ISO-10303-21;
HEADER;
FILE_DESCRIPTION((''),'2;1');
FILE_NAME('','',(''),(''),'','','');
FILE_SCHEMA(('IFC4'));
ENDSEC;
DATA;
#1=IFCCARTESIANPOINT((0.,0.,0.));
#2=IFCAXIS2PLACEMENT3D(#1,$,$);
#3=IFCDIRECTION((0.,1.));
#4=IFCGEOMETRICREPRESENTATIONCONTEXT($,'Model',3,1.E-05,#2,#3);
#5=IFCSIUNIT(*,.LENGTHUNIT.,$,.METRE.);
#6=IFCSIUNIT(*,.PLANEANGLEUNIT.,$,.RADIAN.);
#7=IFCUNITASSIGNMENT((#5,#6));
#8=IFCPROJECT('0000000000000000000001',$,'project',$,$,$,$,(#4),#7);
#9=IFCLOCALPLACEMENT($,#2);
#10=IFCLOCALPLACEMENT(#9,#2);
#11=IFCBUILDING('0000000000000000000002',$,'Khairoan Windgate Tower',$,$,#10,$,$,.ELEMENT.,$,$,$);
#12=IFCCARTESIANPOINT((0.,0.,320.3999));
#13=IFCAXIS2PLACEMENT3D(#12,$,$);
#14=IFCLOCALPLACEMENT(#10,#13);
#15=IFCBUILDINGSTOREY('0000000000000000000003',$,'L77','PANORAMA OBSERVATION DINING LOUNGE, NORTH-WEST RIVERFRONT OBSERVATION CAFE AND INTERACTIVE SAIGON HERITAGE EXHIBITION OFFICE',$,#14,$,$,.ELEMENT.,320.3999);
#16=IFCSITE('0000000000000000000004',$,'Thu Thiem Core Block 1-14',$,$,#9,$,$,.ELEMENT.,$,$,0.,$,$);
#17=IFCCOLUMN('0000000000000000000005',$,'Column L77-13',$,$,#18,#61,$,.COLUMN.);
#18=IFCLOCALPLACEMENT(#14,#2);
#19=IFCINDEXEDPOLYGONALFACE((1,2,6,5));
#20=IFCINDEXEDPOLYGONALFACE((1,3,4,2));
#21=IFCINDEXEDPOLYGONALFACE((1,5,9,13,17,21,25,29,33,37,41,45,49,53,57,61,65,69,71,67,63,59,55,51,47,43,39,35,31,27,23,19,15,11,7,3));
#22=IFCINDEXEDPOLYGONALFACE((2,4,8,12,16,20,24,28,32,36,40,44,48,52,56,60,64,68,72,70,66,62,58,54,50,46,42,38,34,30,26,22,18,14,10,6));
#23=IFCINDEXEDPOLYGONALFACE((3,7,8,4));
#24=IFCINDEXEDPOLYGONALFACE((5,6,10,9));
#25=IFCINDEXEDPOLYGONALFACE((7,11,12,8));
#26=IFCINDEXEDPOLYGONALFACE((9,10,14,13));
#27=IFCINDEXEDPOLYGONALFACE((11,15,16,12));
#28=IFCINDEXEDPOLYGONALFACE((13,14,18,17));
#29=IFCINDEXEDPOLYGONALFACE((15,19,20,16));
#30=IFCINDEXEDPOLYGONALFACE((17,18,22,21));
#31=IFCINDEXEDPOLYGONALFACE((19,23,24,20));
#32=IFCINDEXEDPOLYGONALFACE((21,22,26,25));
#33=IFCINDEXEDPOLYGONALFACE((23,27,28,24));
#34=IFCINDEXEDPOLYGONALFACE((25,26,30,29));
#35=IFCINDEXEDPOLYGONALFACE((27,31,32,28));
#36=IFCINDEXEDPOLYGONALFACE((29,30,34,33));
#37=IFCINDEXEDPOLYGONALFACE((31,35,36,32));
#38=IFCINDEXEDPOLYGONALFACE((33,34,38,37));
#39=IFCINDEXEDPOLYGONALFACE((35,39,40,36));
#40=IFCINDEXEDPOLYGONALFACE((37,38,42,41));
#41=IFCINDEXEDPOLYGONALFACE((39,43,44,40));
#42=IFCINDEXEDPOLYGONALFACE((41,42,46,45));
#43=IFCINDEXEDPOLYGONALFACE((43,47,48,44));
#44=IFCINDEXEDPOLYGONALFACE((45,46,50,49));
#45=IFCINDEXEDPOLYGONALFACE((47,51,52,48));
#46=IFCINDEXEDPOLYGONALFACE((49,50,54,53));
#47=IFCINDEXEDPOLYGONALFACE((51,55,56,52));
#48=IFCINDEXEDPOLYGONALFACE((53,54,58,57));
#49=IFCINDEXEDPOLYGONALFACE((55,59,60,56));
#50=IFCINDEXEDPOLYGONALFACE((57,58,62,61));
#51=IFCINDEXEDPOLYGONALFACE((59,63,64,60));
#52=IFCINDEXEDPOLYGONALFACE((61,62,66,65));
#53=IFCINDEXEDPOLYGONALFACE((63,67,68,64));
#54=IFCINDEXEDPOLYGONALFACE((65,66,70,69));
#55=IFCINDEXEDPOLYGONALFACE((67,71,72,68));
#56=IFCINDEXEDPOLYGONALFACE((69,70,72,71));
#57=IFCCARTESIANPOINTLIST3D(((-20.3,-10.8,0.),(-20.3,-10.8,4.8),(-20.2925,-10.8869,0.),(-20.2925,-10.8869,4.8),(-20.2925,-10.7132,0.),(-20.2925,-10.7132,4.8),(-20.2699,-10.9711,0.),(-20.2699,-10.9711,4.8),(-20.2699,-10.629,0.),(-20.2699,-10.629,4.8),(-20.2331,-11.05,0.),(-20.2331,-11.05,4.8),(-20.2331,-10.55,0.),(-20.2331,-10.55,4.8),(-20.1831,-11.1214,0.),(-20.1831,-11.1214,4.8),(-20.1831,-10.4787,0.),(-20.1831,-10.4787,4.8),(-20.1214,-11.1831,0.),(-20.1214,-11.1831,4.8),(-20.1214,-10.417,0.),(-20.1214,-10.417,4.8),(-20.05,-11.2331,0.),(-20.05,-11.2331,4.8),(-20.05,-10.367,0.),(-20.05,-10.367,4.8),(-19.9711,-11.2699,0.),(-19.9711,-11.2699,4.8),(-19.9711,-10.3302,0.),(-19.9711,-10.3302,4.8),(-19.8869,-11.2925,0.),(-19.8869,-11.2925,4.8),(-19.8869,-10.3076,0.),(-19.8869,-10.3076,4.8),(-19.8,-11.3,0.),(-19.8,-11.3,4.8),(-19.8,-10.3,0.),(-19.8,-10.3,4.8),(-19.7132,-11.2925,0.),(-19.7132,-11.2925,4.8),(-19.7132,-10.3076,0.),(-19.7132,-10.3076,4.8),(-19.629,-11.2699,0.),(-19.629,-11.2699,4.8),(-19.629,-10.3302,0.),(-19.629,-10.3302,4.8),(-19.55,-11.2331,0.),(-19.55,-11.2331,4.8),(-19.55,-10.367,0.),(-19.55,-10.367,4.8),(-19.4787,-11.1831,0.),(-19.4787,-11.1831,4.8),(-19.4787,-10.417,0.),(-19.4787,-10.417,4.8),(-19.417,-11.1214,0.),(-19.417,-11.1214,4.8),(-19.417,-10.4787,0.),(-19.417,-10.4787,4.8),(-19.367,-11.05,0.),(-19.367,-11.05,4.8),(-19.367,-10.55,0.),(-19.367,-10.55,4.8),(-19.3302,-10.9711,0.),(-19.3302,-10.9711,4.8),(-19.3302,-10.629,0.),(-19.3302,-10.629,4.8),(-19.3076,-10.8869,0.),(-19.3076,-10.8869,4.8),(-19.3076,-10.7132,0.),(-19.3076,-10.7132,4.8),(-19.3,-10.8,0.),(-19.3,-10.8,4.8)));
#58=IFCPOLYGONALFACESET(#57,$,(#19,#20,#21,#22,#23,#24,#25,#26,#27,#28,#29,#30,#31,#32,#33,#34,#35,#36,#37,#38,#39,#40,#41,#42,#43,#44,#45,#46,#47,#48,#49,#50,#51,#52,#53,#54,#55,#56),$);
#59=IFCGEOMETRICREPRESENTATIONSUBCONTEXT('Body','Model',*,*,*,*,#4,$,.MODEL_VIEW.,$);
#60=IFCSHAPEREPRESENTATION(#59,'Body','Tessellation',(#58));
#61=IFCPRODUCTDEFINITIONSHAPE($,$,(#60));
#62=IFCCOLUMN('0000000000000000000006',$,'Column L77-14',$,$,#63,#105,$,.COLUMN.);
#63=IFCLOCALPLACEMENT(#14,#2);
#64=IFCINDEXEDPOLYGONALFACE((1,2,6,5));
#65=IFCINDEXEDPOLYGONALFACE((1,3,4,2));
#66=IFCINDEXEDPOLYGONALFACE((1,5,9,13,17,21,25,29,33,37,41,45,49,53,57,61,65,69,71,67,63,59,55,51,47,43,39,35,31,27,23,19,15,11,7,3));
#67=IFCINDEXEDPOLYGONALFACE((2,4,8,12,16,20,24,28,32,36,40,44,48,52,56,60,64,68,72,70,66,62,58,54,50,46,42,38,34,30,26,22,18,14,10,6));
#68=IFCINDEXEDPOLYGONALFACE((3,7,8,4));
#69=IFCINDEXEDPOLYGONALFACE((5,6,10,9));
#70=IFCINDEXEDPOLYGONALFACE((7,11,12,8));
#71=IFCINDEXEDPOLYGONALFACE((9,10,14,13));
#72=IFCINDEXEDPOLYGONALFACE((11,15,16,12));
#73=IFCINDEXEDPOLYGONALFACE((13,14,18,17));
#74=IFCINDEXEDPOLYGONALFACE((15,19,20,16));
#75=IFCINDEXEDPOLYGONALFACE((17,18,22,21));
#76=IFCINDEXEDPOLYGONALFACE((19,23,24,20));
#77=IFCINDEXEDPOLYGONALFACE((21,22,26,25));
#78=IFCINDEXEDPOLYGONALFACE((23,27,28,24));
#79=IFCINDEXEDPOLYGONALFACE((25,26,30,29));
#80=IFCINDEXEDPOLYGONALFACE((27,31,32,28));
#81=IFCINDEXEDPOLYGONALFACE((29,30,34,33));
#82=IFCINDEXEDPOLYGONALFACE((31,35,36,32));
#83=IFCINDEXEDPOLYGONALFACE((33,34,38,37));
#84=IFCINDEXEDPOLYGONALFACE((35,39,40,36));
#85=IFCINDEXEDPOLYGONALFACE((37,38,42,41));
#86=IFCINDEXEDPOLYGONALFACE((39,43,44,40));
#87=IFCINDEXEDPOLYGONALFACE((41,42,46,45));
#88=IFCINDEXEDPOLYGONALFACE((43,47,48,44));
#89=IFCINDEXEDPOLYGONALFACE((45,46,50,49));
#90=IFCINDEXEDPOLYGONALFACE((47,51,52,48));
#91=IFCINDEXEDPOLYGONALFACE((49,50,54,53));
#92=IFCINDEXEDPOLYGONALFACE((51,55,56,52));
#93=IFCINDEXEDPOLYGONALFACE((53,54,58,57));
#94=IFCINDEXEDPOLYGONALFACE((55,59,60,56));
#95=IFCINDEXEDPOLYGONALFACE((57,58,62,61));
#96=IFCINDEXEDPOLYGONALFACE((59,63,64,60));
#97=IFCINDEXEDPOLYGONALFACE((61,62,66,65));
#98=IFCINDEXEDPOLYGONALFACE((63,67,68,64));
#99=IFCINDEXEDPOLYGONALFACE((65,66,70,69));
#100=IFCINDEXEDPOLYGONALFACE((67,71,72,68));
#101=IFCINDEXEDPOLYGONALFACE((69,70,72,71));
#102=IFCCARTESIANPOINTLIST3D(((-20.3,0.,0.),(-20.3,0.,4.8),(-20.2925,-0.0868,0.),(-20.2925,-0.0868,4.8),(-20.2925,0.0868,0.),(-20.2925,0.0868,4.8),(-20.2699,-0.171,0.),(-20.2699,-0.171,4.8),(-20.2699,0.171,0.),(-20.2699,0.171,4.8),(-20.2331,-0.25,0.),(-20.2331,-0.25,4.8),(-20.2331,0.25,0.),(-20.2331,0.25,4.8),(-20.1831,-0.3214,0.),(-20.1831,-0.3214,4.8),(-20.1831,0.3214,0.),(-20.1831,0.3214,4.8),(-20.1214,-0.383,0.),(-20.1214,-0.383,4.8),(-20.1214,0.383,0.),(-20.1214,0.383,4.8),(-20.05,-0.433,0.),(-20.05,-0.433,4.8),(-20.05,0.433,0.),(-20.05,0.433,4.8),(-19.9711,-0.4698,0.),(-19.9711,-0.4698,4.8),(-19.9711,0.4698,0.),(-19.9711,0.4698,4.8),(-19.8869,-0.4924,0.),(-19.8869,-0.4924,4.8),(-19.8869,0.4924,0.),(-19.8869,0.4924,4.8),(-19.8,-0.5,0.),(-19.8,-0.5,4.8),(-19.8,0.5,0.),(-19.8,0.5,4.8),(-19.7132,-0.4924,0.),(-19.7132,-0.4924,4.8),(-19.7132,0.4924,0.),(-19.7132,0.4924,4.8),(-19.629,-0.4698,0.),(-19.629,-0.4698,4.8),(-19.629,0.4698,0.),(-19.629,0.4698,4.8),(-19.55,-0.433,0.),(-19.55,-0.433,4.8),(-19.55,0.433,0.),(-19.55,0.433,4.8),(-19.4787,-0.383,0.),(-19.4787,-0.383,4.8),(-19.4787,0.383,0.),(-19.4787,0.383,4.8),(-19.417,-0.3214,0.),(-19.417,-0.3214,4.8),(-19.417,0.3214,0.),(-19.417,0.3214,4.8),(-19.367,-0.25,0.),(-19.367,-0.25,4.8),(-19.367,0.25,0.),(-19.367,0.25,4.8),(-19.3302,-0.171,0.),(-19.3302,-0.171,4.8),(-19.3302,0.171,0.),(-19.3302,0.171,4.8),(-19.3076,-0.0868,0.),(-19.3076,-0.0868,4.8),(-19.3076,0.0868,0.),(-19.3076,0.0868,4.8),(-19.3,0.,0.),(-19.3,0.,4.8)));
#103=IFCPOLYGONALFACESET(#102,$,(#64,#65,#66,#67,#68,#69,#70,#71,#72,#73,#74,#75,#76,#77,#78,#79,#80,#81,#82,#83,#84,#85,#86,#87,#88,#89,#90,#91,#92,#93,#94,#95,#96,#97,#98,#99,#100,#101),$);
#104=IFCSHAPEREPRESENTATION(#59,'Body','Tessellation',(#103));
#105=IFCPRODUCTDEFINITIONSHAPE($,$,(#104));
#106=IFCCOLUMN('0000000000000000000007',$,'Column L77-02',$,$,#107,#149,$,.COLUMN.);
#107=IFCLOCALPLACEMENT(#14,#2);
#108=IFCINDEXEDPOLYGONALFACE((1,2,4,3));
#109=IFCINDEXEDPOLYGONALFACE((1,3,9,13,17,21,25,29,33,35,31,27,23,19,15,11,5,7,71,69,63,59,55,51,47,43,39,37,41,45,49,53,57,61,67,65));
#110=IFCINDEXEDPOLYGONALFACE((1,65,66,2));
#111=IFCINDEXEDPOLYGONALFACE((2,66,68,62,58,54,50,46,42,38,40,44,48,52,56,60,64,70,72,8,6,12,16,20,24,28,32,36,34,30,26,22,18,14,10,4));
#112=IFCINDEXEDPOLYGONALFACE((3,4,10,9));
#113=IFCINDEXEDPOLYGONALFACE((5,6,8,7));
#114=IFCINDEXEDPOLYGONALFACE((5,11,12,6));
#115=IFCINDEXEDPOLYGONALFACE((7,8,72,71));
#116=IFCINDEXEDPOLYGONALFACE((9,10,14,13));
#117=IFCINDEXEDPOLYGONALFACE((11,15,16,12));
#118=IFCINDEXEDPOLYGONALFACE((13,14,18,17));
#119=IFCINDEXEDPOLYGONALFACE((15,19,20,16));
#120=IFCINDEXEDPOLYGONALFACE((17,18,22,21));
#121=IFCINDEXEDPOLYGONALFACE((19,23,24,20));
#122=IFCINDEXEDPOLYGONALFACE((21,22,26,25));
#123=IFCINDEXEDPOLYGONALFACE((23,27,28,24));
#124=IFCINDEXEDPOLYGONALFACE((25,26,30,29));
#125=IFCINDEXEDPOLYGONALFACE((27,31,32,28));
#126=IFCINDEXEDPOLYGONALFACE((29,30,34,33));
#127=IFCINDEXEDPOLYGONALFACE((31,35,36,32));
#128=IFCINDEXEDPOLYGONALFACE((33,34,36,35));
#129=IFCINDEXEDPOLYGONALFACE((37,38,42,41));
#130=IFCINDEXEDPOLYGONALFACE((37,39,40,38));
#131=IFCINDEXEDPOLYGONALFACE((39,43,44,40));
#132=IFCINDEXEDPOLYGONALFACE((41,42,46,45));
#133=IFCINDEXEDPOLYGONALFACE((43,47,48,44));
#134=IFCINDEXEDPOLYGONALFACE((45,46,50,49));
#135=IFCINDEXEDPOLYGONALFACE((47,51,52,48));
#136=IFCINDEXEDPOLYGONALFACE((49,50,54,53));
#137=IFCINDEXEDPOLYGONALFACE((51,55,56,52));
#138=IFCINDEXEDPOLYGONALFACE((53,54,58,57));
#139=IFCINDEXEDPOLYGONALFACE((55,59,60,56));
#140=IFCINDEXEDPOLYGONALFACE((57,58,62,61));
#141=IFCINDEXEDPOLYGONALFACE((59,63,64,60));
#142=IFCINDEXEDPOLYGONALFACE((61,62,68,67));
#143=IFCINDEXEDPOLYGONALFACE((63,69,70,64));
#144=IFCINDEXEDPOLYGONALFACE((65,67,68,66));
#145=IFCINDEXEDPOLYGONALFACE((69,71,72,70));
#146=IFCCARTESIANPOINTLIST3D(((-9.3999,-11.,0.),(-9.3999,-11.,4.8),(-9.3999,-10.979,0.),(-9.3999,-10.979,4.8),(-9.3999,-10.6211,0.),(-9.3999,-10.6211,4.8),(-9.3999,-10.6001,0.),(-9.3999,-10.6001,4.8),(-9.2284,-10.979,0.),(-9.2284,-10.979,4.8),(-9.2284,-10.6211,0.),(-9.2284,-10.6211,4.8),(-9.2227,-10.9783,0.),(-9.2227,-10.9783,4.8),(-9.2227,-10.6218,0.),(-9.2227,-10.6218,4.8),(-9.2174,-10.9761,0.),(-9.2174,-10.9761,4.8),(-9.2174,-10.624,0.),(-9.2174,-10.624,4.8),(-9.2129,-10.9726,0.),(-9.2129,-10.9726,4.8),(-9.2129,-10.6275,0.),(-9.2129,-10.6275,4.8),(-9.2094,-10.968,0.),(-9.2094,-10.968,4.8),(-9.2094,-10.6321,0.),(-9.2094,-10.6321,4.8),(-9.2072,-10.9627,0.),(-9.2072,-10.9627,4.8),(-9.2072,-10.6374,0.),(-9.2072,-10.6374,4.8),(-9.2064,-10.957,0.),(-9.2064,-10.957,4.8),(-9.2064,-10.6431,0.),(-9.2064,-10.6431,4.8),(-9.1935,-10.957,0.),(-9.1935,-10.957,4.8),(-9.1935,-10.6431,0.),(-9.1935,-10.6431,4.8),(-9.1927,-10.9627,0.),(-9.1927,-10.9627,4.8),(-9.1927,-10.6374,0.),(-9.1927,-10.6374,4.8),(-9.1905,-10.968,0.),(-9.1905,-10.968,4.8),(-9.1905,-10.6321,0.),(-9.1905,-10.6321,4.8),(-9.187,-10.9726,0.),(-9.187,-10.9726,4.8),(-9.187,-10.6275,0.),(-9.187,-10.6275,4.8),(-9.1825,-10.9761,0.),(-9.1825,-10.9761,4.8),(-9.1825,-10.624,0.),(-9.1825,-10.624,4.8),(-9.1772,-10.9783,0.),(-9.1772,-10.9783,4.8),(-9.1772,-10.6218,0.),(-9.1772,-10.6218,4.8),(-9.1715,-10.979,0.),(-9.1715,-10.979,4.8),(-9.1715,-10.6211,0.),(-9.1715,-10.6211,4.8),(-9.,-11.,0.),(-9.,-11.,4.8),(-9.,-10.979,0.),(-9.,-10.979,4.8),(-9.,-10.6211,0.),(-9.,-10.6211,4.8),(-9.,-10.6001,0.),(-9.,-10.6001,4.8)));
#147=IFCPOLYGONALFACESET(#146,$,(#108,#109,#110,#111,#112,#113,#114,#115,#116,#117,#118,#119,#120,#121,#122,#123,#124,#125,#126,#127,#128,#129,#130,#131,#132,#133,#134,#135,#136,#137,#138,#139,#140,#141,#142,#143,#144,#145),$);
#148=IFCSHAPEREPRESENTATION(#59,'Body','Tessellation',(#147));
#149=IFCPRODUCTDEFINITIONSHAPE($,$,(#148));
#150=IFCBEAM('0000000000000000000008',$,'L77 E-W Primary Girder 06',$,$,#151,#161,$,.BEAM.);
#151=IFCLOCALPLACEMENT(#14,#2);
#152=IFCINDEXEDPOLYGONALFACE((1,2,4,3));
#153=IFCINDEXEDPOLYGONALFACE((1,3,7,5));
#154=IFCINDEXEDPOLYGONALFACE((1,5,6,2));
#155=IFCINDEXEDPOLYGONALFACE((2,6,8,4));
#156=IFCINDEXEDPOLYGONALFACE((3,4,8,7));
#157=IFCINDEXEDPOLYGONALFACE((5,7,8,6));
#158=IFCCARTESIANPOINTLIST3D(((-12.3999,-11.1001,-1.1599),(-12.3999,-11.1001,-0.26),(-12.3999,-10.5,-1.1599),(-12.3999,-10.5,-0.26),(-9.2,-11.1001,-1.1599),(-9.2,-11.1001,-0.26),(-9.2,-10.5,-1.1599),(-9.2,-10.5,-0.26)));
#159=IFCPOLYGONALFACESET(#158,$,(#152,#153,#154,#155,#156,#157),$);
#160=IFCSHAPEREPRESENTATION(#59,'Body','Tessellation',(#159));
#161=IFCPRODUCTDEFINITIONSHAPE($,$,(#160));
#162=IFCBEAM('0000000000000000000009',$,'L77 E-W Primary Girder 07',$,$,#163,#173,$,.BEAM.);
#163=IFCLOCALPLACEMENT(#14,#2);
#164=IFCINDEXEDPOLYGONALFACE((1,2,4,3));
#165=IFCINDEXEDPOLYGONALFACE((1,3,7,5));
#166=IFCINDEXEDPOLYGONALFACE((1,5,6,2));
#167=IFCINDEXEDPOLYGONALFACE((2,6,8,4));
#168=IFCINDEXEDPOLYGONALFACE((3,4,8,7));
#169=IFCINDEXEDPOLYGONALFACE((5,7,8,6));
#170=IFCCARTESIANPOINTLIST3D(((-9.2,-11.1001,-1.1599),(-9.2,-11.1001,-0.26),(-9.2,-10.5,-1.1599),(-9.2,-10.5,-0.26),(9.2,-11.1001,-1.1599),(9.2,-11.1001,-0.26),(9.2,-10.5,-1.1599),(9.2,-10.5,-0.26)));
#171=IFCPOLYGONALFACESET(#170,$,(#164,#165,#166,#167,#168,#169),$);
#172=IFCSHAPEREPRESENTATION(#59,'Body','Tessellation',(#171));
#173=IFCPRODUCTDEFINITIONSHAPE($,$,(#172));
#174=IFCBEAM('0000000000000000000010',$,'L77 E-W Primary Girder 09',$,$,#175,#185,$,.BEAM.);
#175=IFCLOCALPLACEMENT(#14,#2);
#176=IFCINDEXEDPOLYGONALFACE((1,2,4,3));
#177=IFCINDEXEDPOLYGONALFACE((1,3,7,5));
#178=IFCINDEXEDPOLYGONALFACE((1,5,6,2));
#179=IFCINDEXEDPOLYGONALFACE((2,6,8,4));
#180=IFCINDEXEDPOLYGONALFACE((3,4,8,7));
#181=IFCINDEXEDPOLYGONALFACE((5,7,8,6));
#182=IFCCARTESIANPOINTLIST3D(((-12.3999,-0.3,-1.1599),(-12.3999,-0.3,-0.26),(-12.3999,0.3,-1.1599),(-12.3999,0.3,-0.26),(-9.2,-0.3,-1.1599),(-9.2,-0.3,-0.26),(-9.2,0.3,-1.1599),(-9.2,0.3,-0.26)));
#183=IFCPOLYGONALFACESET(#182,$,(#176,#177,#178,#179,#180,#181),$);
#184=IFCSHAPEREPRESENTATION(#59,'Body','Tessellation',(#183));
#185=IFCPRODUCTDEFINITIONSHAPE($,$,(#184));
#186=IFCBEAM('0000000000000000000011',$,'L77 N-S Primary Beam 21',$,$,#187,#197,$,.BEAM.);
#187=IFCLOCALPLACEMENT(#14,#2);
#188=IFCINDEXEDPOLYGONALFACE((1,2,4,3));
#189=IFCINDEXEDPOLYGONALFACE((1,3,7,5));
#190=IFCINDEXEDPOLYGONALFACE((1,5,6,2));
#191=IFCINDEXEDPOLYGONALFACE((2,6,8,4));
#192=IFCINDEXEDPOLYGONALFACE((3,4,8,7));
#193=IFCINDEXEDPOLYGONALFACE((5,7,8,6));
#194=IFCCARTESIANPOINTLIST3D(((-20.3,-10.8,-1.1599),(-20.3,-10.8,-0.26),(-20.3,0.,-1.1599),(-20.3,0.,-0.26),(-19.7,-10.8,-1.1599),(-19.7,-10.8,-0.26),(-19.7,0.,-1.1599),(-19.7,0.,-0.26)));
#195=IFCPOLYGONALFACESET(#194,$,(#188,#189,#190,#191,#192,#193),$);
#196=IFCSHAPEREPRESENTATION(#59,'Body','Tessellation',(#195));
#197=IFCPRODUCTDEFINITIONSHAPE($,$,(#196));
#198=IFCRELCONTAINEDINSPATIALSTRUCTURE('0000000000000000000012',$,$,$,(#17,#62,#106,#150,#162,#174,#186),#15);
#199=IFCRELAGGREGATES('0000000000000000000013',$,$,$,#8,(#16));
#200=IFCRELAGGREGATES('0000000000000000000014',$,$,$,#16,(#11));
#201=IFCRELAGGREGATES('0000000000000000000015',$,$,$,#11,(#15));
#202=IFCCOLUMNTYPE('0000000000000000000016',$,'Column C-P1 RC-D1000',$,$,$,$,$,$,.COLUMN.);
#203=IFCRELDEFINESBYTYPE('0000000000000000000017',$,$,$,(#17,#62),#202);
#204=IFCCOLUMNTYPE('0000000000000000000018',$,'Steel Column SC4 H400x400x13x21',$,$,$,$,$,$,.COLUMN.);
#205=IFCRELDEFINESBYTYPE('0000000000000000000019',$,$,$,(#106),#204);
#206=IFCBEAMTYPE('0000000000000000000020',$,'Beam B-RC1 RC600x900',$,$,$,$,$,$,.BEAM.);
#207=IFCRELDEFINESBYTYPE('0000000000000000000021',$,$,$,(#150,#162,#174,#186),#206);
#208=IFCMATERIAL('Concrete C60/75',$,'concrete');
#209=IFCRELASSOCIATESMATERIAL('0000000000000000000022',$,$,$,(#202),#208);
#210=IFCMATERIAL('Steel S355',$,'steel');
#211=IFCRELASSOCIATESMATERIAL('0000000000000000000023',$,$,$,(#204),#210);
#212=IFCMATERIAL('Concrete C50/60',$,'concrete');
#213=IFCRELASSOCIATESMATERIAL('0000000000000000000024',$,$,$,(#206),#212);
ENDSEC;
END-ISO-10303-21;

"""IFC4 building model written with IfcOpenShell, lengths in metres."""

from ifc_helpers import new_model, si_unit, direction, frame, origin, origin_2d, place, context, subcontext, project, spatial, rectangle, circle, i_section, extrude, material, material_profile, profile_set, type_object, element, save


model = new_model("IFC4")

# Units and contexts
model_context = context("Model", 3, precision=1e-05, world=origin(), true_north=direction((0.0, 1.0)))
body_context = subcontext(model_context, "Body", "Model", "MODEL_VIEW")
ifc_project = project(units=[si_unit("LENGTHUNIT", "METRE"), si_unit("PLANEANGLEUNIT", "RADIAN")], contexts=[model_context])

# Site, building, storey
site_placement = place(None, origin())
site = spatial("IfcSite", under=ifc_project, at=site_placement, Name="Thu Thiem Core Block 1-14", CompositionType="ELEMENT", RefElevation=0.0)
building_placement = place(site_placement, origin())
building = spatial("IfcBuilding", under=site, at=building_placement, Name="Khairoan Windgate Tower", CompositionType="ELEMENT")
storey_placement = place(building_placement, frame((0.0, 0.0, 320.3999)))
storey = spatial("IfcBuildingStorey", under=building, at=storey_placement, Name="L77", Description="PANORAMA OBSERVATION DINING LOUNGE, NORTH-WEST RIVERFRONT OBSERVATION CAFE AND INTERACTIVE SAIGON HERITAGE EXHIBITION OFFICE", CompositionType="ELEMENT", Elevation=320.3999)

# Columns
ifc_material_1 = material(Name="Concrete C60/75", Category="concrete")
ifc_material_profile_1 = material_profile(ifc_material_1, circle(Radius=0.5, at=origin_2d()))
ifc_profile_set_1 = profile_set([ifc_material_profile_1], Name="Concrete C60/75")
column_type_1 = type_object("IfcColumnType", Name="Column C-P1 RC-D1000", PredefinedType="COLUMN", material=ifc_profile_set_1)
for number, where, z_axis, x_axis, name in (
    (1, (-19.8, -10.8, 0.0), (0.0, 0.0, 1.0), (1.0, 0.0, 0.0), "Column L77-13"),
    (2, (-19.8, 0.0, 0.0), (0.0, 0.0, 1.0), (1.0, 0.0, 0.0), "Column L77-14"),
):
    element("IfcColumn", number, at=place(storey_placement, frame(where, z_axis=z_axis, x_axis=x_axis)), inside=storey, type_object=column_type_1, Name=name, PredefinedType="COLUMN", context=body_context, shape_type="SweptSolid", body=[
        extrude(circle(Radius=0.5, at=origin_2d()), origin(), (0.0, 0.0, 1.0), 4.8),
    ])
ifc_material_2 = material(Name="Steel S355", Category="steel")
ifc_material_profile_2 = material_profile(ifc_material_2, i_section(OverallWidth=0.3999, OverallDepth=0.3999, WebThickness=0.0129, FlangeThickness=0.021, FilletRadius=0.022, at=origin_2d()))
ifc_profile_set_2 = profile_set([ifc_material_profile_2], Name="Steel S355")
column_type_2 = type_object("IfcColumnType", Name="Steel Column SC4 H400x400x13x21", PredefinedType="COLUMN", material=ifc_profile_set_2)
column_placement = place(storey_placement, frame((-9.2, -10.8, 0.0), z_axis=(0.0, 0.0, 1.0), x_axis=(1.0, 0.0, 0.0)))
element("IfcColumn", 3, at=column_placement, inside=storey, type_object=column_type_2, Name="Column L77-02", PredefinedType="COLUMN", context=body_context, shape_type="SweptSolid", body=[
    extrude(i_section(OverallWidth=0.3999, OverallDepth=0.3999, WebThickness=0.0129, FlangeThickness=0.021, FilletRadius=0.022, at=origin_2d()), origin(), (0.0, 0.0, 1.0), 4.8),
])

# Beams
ifc_material_3 = material(Name="Concrete C50/60", Category="concrete")
ifc_material_profile_3 = material_profile(ifc_material_3, rectangle(XDim=0.6001, YDim=0.8999, at=origin_2d()))
ifc_profile_set_3 = profile_set([ifc_material_profile_3], Name="Concrete C50/60")
beam_type_1 = type_object("IfcBeamType", Name="Beam B-RC1 RC600x900", PredefinedType="BEAM", material=ifc_profile_set_3)
beam_1_placement = place(storey_placement, frame((-12.3999, -10.8, -0.71), z_axis=(1.0, 0.0, 0.0), x_axis=(0.0, 1.0, 0.0)))
element("IfcBeam", 4, at=beam_1_placement, inside=storey, type_object=beam_type_1, Name="L77 E-W Primary Girder 06", PredefinedType="BEAM", context=body_context, shape_type="SweptSolid", body=[
    extrude(rectangle(XDim=0.6001, YDim=0.8999, at=origin_2d()), origin(), (0.0, 0.0, 1.0), 3.2),
])
beam_2_placement = place(storey_placement, frame((-9.2, -10.8, -0.71), z_axis=(1.0, 0.0, 0.0), x_axis=(0.0, 1.0, 0.0)))
element("IfcBeam", 5, at=beam_2_placement, inside=storey, type_object=beam_type_1, Name="L77 E-W Primary Girder 07", PredefinedType="BEAM", context=body_context, shape_type="SweptSolid", body=[
    extrude(rectangle(XDim=0.6001, YDim=0.8999, at=origin_2d()), origin(), (0.0, 0.0, 1.0), 18.3999),
])
beam_3_placement = place(storey_placement, frame((-12.3999, 0.0, -0.71), z_axis=(1.0, 0.0, 0.0), x_axis=(0.0, 1.0, 0.0)))
element("IfcBeam", 6, at=beam_3_placement, inside=storey, type_object=beam_type_1, Name="L77 E-W Primary Girder 09", PredefinedType="BEAM", context=body_context, shape_type="SweptSolid", body=[
    extrude(rectangle(XDim=0.6001, YDim=0.8999, at=origin_2d()), origin(), (0.0, 0.0, 1.0), 3.2),
])
for number, where, z_axis, x_axis, name in (
    (7, (-20.0, -10.8, -0.71), (0.0, 1.0, 0.0), (-1.0, 0.0, 0.0), "L77 N-S Primary Beam 21"),
):
    element("IfcBeam", number, at=place(storey_placement, frame(where, z_axis=z_axis, x_axis=x_axis)), inside=storey, type_object=beam_type_1, Name=name, PredefinedType="BEAM", context=body_context, shape_type="SweptSolid", body=[
        extrude(rectangle(XDim=0.6001, YDim=0.8999, at=origin_2d()), origin(), (0.0, 0.0, 1.0), 10.8),
    ])

save(model, "model.ifc")
